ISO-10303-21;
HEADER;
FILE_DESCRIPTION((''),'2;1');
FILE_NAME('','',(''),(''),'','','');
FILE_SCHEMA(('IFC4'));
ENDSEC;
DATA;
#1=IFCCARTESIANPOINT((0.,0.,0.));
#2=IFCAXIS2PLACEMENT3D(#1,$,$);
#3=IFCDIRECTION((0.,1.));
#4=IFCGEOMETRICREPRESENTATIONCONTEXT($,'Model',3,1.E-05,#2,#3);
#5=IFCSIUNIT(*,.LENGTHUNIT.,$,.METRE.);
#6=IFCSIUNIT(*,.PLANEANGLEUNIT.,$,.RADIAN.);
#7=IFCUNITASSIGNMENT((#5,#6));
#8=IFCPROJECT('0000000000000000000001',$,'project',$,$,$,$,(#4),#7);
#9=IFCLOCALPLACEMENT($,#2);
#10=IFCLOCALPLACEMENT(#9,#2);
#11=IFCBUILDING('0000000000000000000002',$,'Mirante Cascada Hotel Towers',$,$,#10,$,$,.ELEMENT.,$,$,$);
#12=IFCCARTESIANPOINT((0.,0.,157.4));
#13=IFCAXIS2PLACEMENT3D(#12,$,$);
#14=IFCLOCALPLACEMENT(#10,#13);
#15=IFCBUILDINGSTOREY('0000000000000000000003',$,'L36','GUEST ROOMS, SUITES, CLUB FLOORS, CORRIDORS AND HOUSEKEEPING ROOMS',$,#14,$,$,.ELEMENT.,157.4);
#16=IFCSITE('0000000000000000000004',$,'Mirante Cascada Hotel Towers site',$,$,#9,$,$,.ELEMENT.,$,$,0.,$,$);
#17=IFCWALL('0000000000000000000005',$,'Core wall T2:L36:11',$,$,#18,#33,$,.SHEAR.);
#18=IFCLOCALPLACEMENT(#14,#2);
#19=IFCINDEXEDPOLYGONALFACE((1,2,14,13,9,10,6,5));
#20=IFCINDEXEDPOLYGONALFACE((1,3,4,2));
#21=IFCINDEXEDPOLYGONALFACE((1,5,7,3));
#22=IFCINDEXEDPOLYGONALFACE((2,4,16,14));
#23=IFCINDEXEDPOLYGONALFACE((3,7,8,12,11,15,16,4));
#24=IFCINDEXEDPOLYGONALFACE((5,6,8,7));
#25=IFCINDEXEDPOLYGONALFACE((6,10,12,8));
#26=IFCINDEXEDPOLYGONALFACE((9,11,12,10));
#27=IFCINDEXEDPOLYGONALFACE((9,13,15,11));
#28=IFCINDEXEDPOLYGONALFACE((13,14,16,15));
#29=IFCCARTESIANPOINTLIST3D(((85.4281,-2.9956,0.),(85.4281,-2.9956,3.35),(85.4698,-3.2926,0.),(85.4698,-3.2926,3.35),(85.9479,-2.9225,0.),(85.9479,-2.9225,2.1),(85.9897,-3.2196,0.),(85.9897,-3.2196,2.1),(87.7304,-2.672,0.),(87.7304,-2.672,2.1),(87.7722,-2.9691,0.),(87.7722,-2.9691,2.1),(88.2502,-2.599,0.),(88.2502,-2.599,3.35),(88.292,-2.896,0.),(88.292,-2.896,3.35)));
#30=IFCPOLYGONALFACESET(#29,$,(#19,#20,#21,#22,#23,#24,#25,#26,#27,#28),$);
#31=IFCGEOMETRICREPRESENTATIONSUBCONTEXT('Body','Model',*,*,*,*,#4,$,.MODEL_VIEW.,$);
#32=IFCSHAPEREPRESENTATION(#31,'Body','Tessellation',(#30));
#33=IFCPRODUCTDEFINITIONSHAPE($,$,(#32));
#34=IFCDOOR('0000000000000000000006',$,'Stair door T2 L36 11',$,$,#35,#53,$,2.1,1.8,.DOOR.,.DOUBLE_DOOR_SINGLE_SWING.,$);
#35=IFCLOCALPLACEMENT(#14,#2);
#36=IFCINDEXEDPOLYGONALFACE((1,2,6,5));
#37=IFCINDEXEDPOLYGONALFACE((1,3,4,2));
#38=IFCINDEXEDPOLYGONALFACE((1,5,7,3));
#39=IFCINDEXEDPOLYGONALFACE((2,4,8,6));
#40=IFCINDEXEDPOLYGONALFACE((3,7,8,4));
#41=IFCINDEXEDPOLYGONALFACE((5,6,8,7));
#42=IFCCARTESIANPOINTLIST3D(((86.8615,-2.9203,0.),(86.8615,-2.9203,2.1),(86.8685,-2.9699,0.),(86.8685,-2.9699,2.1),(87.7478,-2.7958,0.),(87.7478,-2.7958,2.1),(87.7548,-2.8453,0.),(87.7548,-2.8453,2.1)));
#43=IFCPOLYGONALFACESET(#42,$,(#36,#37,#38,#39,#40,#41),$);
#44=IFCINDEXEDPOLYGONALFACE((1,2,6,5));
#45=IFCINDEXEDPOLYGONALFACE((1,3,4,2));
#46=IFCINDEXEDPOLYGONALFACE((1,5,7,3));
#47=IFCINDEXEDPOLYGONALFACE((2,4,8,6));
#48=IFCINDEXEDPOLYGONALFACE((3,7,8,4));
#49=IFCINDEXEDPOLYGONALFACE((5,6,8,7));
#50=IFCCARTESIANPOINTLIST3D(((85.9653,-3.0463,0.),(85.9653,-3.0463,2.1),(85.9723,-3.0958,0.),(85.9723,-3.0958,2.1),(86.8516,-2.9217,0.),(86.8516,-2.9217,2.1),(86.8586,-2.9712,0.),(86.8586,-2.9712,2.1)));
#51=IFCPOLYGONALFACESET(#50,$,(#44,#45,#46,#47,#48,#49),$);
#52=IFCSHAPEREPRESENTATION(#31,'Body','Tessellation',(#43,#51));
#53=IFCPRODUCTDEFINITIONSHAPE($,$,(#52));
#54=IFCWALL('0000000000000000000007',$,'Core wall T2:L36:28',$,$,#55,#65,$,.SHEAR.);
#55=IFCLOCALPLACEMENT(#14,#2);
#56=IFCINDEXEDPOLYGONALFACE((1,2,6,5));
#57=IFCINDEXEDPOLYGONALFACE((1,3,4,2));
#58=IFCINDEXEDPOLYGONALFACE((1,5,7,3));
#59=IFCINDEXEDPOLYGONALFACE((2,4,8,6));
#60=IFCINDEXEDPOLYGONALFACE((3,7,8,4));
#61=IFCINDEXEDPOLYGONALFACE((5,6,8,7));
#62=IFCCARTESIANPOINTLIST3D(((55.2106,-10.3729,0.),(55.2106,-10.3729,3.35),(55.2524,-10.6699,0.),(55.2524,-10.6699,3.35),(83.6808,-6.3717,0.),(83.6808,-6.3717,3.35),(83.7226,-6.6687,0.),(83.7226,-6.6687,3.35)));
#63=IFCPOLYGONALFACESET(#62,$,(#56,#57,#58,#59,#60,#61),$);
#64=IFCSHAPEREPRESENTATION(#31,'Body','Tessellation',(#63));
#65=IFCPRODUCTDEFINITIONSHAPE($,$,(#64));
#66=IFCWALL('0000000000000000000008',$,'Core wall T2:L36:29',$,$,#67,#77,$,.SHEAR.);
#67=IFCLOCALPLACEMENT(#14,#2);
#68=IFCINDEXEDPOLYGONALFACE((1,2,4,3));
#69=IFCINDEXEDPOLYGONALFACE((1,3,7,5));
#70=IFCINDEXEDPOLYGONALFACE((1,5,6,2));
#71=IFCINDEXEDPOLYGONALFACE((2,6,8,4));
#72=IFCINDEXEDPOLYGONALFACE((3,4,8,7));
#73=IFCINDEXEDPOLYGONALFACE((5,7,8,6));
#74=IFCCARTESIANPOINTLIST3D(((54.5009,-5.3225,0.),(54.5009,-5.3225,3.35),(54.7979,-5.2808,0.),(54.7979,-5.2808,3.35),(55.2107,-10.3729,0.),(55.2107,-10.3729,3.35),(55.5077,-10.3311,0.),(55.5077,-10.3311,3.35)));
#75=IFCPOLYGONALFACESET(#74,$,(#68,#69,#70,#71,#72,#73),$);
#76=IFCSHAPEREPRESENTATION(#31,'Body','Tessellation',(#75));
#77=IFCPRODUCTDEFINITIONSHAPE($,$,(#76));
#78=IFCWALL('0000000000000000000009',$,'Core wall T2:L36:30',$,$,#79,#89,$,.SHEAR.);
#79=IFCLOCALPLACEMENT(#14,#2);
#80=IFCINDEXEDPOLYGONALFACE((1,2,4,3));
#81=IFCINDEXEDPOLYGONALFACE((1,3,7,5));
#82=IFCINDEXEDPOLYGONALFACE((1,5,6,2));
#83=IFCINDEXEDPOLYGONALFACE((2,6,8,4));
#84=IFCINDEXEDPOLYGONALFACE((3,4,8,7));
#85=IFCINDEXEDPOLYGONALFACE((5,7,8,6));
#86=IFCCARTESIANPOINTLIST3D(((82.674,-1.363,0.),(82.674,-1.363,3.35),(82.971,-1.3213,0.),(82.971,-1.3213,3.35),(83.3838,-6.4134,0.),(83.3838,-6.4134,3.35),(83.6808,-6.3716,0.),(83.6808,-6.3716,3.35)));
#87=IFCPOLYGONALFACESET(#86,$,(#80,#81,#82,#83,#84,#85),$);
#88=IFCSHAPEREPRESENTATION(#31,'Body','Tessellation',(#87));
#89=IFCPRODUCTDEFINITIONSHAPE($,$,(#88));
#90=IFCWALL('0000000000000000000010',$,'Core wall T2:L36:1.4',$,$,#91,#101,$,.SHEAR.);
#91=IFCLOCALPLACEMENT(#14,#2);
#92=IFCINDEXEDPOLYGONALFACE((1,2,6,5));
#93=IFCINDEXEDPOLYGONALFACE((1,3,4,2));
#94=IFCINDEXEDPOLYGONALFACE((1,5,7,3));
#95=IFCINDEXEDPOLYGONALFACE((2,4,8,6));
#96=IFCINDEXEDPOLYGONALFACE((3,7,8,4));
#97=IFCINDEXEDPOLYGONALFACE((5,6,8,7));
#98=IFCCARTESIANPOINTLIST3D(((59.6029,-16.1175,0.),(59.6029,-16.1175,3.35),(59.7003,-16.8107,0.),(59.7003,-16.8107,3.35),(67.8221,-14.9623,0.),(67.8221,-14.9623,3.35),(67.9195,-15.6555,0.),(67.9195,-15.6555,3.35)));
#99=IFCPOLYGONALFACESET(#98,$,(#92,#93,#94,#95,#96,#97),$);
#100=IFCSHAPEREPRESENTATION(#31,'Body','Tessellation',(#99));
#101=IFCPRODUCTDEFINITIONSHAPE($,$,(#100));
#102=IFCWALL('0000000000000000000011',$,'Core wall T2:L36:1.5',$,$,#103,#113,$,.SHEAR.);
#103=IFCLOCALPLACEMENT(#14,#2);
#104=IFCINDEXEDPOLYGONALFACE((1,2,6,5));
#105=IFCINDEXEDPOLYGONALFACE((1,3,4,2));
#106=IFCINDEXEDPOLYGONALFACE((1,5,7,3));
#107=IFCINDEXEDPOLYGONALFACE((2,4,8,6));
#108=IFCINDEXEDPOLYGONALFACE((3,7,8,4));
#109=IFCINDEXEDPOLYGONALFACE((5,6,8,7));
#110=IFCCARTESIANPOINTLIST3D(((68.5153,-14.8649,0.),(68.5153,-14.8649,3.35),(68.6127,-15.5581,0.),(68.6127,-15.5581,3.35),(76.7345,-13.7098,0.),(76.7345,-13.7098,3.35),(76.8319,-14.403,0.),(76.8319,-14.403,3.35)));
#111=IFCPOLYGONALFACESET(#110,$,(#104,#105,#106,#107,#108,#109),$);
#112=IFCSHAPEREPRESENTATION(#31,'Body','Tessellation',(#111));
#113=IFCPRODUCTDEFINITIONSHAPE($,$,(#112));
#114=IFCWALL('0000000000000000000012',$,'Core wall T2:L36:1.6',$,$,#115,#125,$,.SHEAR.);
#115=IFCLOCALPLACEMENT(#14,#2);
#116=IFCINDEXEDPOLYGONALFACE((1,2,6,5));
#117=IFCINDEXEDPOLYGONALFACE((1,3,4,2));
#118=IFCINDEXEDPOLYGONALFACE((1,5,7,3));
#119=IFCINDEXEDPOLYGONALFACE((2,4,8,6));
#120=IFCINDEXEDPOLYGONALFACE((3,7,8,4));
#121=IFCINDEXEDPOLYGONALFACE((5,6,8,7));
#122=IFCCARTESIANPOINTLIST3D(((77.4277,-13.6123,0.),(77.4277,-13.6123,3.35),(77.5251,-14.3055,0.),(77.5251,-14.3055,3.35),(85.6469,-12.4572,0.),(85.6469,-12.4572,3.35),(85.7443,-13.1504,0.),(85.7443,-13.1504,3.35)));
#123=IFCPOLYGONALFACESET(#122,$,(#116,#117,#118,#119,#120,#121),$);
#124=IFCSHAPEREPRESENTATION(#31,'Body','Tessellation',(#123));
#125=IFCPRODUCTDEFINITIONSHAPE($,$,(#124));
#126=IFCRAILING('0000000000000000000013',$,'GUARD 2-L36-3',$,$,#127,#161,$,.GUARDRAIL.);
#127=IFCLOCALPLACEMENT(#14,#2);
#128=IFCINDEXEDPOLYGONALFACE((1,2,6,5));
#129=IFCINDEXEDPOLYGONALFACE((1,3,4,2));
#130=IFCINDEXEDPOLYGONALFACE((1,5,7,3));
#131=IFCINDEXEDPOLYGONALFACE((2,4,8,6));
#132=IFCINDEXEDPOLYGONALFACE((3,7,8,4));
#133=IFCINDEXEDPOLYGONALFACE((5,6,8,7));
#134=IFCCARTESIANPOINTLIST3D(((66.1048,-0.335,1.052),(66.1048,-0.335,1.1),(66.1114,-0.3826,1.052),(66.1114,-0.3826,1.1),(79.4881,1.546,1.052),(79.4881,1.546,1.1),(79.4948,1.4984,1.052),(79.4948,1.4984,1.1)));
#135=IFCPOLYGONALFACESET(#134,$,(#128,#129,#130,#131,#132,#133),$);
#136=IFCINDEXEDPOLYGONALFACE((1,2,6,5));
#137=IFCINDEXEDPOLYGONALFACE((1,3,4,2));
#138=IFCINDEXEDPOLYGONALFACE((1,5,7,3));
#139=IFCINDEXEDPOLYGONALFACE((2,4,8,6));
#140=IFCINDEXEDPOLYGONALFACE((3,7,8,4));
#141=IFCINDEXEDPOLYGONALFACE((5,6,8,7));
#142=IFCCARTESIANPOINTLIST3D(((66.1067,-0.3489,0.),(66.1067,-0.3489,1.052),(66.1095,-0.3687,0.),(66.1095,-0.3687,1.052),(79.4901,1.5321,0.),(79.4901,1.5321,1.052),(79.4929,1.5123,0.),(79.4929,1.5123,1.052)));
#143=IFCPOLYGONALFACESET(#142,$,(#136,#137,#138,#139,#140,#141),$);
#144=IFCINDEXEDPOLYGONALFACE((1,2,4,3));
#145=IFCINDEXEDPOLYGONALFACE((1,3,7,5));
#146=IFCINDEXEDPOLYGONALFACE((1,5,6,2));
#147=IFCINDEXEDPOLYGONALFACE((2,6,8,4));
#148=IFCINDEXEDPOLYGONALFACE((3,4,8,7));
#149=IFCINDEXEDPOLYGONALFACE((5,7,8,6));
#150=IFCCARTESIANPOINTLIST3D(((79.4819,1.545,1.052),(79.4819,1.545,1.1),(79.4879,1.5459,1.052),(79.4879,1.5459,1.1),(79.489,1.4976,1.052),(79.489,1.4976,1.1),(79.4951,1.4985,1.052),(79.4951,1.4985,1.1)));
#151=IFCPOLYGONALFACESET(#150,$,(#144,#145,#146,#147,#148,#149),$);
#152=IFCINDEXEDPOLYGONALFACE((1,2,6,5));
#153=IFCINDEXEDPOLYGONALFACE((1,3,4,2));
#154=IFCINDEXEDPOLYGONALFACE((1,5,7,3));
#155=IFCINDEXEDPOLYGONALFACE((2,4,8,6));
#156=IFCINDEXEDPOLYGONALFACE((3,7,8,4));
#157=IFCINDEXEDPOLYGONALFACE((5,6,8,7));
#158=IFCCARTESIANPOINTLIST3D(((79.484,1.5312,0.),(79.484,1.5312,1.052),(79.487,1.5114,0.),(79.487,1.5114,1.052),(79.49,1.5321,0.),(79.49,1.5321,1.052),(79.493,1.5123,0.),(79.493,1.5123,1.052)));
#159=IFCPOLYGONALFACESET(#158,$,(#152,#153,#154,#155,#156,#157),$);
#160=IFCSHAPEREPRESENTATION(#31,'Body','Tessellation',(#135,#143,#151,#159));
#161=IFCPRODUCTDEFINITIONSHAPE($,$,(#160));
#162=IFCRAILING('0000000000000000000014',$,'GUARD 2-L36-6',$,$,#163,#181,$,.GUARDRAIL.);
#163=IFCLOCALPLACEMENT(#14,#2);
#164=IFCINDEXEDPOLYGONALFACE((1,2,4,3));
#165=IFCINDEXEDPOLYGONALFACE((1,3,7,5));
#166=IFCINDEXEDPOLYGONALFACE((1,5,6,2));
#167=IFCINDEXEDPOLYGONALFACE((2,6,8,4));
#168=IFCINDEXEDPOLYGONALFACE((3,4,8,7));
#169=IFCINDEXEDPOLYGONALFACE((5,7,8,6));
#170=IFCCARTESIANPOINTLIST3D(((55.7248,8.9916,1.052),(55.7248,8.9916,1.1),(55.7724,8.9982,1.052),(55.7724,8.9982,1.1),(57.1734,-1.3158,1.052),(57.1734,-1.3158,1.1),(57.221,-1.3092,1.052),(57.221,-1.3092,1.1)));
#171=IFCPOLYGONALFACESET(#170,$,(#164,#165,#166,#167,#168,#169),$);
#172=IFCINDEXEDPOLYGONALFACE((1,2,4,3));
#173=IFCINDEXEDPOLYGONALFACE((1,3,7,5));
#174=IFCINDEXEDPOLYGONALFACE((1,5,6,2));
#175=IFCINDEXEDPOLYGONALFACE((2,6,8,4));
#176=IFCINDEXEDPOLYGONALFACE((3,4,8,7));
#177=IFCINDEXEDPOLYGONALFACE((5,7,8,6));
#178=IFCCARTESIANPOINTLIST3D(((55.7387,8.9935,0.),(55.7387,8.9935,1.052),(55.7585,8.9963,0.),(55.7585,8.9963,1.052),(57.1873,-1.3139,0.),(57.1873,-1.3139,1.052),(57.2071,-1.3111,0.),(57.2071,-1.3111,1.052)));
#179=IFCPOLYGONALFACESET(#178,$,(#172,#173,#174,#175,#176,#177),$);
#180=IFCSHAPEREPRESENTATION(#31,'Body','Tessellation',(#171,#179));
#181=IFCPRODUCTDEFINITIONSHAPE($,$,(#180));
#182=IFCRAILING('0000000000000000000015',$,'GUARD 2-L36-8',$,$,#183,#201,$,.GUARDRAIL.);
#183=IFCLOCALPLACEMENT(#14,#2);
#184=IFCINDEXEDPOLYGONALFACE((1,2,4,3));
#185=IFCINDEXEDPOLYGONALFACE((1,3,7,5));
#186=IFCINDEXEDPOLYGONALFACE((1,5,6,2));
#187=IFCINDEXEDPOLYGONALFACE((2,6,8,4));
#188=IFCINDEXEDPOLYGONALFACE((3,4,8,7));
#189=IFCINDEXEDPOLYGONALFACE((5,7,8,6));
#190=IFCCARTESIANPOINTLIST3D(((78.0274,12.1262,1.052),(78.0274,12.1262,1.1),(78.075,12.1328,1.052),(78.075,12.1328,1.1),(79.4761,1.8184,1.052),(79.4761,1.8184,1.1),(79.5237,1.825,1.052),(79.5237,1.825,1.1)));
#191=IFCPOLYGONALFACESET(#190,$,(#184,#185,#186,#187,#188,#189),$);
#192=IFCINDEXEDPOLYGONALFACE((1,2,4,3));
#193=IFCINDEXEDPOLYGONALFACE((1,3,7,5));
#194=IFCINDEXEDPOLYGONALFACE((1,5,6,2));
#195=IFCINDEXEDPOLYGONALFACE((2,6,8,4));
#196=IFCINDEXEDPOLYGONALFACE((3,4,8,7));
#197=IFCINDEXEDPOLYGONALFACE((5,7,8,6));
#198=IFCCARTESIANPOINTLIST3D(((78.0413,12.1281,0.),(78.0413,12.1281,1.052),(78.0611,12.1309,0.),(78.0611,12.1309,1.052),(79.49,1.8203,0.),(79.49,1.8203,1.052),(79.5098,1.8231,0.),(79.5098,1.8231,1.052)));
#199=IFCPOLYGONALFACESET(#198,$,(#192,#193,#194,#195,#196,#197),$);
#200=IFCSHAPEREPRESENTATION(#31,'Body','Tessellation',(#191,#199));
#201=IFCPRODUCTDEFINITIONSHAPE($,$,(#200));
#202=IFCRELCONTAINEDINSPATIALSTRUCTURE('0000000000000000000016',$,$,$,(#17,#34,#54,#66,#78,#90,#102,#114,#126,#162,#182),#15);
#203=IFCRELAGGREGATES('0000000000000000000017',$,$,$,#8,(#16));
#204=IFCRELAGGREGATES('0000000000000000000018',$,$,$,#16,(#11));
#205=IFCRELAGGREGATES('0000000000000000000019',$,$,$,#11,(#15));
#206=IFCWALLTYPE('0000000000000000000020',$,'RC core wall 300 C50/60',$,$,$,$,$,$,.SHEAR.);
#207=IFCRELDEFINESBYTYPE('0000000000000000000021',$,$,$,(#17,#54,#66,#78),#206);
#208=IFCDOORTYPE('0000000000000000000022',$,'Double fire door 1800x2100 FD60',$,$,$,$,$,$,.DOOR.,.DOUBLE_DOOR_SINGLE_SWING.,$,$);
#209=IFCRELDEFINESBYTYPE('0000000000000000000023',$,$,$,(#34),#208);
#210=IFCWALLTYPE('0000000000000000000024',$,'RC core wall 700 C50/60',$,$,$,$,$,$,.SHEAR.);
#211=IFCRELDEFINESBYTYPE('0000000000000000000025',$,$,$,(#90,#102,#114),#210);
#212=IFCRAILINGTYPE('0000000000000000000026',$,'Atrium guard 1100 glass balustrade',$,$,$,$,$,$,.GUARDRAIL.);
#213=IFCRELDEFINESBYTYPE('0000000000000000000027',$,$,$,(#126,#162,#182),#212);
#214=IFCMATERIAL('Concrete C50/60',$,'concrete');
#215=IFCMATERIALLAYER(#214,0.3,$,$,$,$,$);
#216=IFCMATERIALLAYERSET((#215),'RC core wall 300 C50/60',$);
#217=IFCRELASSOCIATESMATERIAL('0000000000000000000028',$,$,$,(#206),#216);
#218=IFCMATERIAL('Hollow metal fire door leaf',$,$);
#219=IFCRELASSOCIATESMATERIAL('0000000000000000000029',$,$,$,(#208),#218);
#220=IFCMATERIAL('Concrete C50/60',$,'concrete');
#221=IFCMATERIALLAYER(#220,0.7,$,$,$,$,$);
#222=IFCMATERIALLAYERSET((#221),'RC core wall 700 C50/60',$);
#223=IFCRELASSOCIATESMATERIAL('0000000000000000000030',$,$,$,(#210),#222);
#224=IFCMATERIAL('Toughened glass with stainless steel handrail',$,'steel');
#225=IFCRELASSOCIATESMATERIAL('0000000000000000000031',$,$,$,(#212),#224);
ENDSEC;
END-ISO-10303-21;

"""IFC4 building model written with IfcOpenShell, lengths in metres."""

from ifc_helpers import new_model, si_unit, direction, frame, frame_2d, origin, origin_2d, place, context, subcontext, project, spatial, rectangle, extrude, material, layer, layer_set, type_object, element, fill, save


model = new_model("IFC4")

# Units and contexts
model_context = context("Model", 3, precision=1e-05, world=origin(), true_north=direction((0.0, 1.0)))
body_context = subcontext(model_context, "Body", "Model", "MODEL_VIEW")
ifc_project = project(units=[si_unit("LENGTHUNIT", "METRE"), si_unit("PLANEANGLEUNIT", "RADIAN")], contexts=[model_context])

# Site, building, storey
site_placement = place(None, origin())
site = spatial("IfcSite", under=ifc_project, at=site_placement, Name="Mirante Cascada Hotel Towers site", CompositionType="ELEMENT", RefElevation=0.0)
building_placement = place(site_placement, origin())
building = spatial("IfcBuilding", under=site, at=building_placement, Name="Mirante Cascada Hotel Towers", CompositionType="ELEMENT")
storey_placement = place(building_placement, frame((0.0, 0.0, 157.4)))
storey = spatial("IfcBuildingStorey", under=building, at=storey_placement, Name="L36", Description="GUEST ROOMS, SUITES, CLUB FLOORS, CORRIDORS AND HOUSEKEEPING ROOMS", CompositionType="ELEMENT", Elevation=157.4)

# Shared definitions
ifc_material_1 = material(Name="Concrete C50/60", Category="concrete")
ifc_layer_1 = layer(ifc_material_1, 0.3)
ifc_layer_set_1 = layer_set([ifc_layer_1], Name="RC core wall 300 C50/60")
wall_type_1 = type_object("IfcWallType", Name="RC core wall 300 C50/60", PredefinedType="SHEAR", material=ifc_layer_set_1)

# Wall, opening, door
wall_1_placement = place(storey_placement, frame((85.4489, -3.1441, 0.0), z_axis=(0.0, 0.0, 1.0), x_axis=(0.99027, 0.139161, 0.0)))
wall_1 = element("IfcWall", 1, at=wall_1_placement, inside=storey, type_object=wall_type_1, Name="Core wall T2:L36:11", PredefinedType="SHEAR", context=body_context, shape_type="SweptSolid", body=[
    extrude(rectangle(XDim=2.8499, YDim=0.3, at=frame_2d((1.425, 0.0))), origin(), (0.0, 0.0, 1.0), 3.35),
])
opening_1_placement = place(wall_1_placement, frame((0.525, 0.0, 0.0)))
opening_1 = element("IfcOpeningElement", 2, at=opening_1_placement, cuts=wall_1, PredefinedType="OPENING", context=body_context, shape_type="SweptSolid", body=[
    extrude(rectangle(XDim=1.8, YDim=2.1, at=frame_2d((0.9, 1.05))), frame((0.0, 0.15, 0.0), z_axis=(0.0, -1.0, 0.0), x_axis=(1.0, 0.0, 0.0)), (0.0, 0.0, 1.0), 0.3),
])
ifc_material_2 = material(Name="Hollow metal fire door leaf")
door_type_1 = type_object("IfcDoorType", Name="Double fire door 1800x2100 FD60", OperationType="DOUBLE_DOOR_SINGLE_SWING", PredefinedType="DOOR", material=ifc_material_2)
door_1_placement = place(opening_1_placement, frame((1.8, 0.0, 0.0), z_axis=(0.0, 0.0, 1.0), x_axis=(-1.0, 0.0, 0.0)))
door_1 = element("IfcDoor", 3, at=door_1_placement, inside=storey, type_object=door_type_1, Name="Stair door T2 L36 11", OperationType="DOUBLE_DOOR_SINGLE_SWING", OverallHeight=2.1, OverallWidth=1.8, PredefinedType="DOOR", context=body_context, shape_type="SweptSolid", body=[
    extrude(rectangle(XDim=0.895, YDim=2.1, at=frame_2d((0.4475, 1.05))), frame((0.0, 0.025, 0.0), z_axis=(0.0, -1.0, 0.0), x_axis=(1.0, 0.0, 0.0)), (0.0, 0.0, 1.0), 0.05),
    extrude(rectangle(XDim=0.895, YDim=2.1, at=frame_2d((1.3525, 1.05))), frame((0.0, 0.025, 0.0), z_axis=(0.0, -1.0, 0.0), x_axis=(1.0, 0.0, 0.0)), (0.0, 0.0, 1.0), 0.05),
])
fill(opening_1, door_1)

# Walls
wall_2_placement = place(storey_placement, frame((55.2315, -10.5214, 0.0), z_axis=(0.0, 0.0, 1.0), x_axis=(0.990268, 0.139172, 0.0)))
element("IfcWall", 4, at=wall_2_placement, inside=storey, type_object=wall_type_1, Name="Core wall T2:L36:28", PredefinedType="SHEAR", context=body_context, shape_type="SweptSolid", body=[
    extrude(rectangle(XDim=28.75, YDim=0.3, at=frame_2d((14.375, 0.0))), origin(), (0.0, 0.0, 1.0), 3.35),
])
for number, where, z_axis, x_axis, name in (
    (5, (55.3592, -10.352, 0.0), (0.0, 0.0, 1.0), (-0.139176, 0.990268, 0.0), "Core wall T2:L36:29"),
    (6, (83.5323, -6.3925, 0.0), (0.0, 0.0, 1.0), (-0.139176, 0.990268, 0.0), "Core wall T2:L36:30"),
):
    element("IfcWall", number, at=place(storey_placement, frame(where, z_axis=z_axis, x_axis=x_axis)), inside=storey, type_object=wall_type_1, Name=name, PredefinedType="SHEAR", context=body_context, shape_type="SweptSolid", body=[
        extrude(rectangle(XDim=5.1, YDim=0.3, at=frame_2d((2.55, 0.0))), origin(), (0.0, 0.0, 1.0), 3.35),
    ])
ifc_material_3 = material(Name="Concrete C50/60", Category="concrete")
ifc_layer_2 = layer(ifc_material_3, 0.7)
ifc_layer_set_2 = layer_set([ifc_layer_2], Name="RC core wall 700 C50/60")
wall_type_2 = type_object("IfcWallType", Name="RC core wall 700 C50/60", PredefinedType="SHEAR", material=ifc_layer_set_2)
for number, where, z_axis, x_axis, name in (
    (7, (59.6516, -16.4641, 0.0), (0.0, 0.0, 1.0), (0.990267, 0.139181, 0.0), "Core wall T2:L36:1.4"),
    (8, (68.564, -15.2115, 0.0), (0.0, 0.0, 1.0), (0.990269, 0.139169, 0.0), "Core wall T2:L36:1.5"),
    (9, (77.4764, -13.9589, 0.0), (0.0, 0.0, 1.0), (0.990269, 0.139169, 0.0), "Core wall T2:L36:1.6"),
):
    element("IfcWall", number, at=place(storey_placement, frame(where, z_axis=z_axis, x_axis=x_axis)), inside=storey, type_object=wall_type_2, Name=name, PredefinedType="SHEAR", context=body_context, shape_type="SweptSolid", body=[
        extrude(rectangle(XDim=8.3, YDim=0.7, at=frame_2d((4.15, 0.0))), origin(), (0.0, 0.0, 1.0), 3.35),
    ])

# Railings
ifc_material_4 = material(Name="Toughened glass with stainless steel handrail", Category="steel")
railing_type_1 = type_object("IfcRailingType", Name="Atrium guard 1100 glass balustrade", PredefinedType="GUARDRAIL", material=ifc_material_4)
railing_1_placement = place(storey_placement, frame((66.1081, -0.3588, 0.0)))
element("IfcRailing", 10, at=railing_1_placement, inside=storey, type_object=railing_type_1, Name="GUARD 2-L36-3", PredefinedType="GUARDRAIL", context=body_context, shape_type="SweptSolid", body=[
    extrude(rectangle(XDim=0.048, YDim=0.048, at=origin_2d()), frame((0.0, 0.0, 1.076), z_axis=(0.990267, 0.139179, 0.0), x_axis=(-0.139179, 0.990267, 0.0)), (0.0, 0.0, 1.0), 13.5149),
    extrude(rectangle(XDim=0.02, YDim=1.052, at=origin_2d()), frame((0.0, 0.0, 0.526), z_axis=(0.990267, 0.139179, 0.0), x_axis=(-0.139179, 0.990267, 0.0)), (0.0, 0.0, 1.0), 13.5149),
    extrude(rectangle(XDim=0.048, YDim=0.048, at=origin_2d()), frame((13.3834, 1.881, 1.076), z_axis=(-0.988936, -0.14834, 0.0), x_axis=(0.14834, -0.988936, 0.0)), (0.0, 0.0, 1.0), 0.0061),
    extrude(rectangle(XDim=0.02, YDim=1.052, at=origin_2d()), frame((13.3834, 1.881, 0.526), z_axis=(-0.988936, -0.14834, 0.0), x_axis=(0.14834, -0.988936, 0.0)), (0.0, 0.0, 1.0), 0.0061),
])
railing_2_placement = place(storey_placement, frame((57.1972, -1.3125, 0.0)))
element("IfcRailing", 11, at=railing_2_placement, inside=storey, type_object=railing_type_1, Name="GUARD 2-L36-6", PredefinedType="GUARDRAIL", context=body_context, shape_type="SweptSolid", body=[
    extrude(rectangle(XDim=0.048, YDim=0.048, at=origin_2d()), frame((0.0, 0.0, 1.076), z_axis=(-0.139172, 0.990268, 0.0), x_axis=(-0.990268, -0.139172, 0.0)), (0.0, 0.0, 1.0), 10.4087),
    extrude(rectangle(XDim=0.02, YDim=1.052, at=origin_2d()), frame((0.0, 0.0, 0.526), z_axis=(-0.139172, 0.990268, 0.0), x_axis=(-0.990268, -0.139172, 0.0)), (0.0, 0.0, 1.0), 10.4087),
])
railing_3_placement = place(storey_placement, frame((79.4999, 1.8217, 0.0)))
element("IfcRailing", 12, at=railing_3_placement, inside=storey, type_object=railing_type_1, Name="GUARD 2-L36-8", PredefinedType="GUARDRAIL", context=body_context, shape_type="SweptSolid", body=[
    extrude(rectangle(XDim=0.048, YDim=0.048, at=origin_2d()), frame((0.0, 0.0, 1.076), z_axis=(-0.139176, 0.990268, 0.0), x_axis=(-0.990268, -0.139176, 0.0)), (0.0, 0.0, 1.0), 10.4091),
    extrude(rectangle(XDim=0.02, YDim=1.052, at=origin_2d()), frame((0.0, 0.0, 0.526), z_axis=(-0.139176, 0.990268, 0.0), x_axis=(-0.990268, -0.139176, 0.0)), (0.0, 0.0, 1.0), 10.4091),
])

save(model, "model.ifc")
